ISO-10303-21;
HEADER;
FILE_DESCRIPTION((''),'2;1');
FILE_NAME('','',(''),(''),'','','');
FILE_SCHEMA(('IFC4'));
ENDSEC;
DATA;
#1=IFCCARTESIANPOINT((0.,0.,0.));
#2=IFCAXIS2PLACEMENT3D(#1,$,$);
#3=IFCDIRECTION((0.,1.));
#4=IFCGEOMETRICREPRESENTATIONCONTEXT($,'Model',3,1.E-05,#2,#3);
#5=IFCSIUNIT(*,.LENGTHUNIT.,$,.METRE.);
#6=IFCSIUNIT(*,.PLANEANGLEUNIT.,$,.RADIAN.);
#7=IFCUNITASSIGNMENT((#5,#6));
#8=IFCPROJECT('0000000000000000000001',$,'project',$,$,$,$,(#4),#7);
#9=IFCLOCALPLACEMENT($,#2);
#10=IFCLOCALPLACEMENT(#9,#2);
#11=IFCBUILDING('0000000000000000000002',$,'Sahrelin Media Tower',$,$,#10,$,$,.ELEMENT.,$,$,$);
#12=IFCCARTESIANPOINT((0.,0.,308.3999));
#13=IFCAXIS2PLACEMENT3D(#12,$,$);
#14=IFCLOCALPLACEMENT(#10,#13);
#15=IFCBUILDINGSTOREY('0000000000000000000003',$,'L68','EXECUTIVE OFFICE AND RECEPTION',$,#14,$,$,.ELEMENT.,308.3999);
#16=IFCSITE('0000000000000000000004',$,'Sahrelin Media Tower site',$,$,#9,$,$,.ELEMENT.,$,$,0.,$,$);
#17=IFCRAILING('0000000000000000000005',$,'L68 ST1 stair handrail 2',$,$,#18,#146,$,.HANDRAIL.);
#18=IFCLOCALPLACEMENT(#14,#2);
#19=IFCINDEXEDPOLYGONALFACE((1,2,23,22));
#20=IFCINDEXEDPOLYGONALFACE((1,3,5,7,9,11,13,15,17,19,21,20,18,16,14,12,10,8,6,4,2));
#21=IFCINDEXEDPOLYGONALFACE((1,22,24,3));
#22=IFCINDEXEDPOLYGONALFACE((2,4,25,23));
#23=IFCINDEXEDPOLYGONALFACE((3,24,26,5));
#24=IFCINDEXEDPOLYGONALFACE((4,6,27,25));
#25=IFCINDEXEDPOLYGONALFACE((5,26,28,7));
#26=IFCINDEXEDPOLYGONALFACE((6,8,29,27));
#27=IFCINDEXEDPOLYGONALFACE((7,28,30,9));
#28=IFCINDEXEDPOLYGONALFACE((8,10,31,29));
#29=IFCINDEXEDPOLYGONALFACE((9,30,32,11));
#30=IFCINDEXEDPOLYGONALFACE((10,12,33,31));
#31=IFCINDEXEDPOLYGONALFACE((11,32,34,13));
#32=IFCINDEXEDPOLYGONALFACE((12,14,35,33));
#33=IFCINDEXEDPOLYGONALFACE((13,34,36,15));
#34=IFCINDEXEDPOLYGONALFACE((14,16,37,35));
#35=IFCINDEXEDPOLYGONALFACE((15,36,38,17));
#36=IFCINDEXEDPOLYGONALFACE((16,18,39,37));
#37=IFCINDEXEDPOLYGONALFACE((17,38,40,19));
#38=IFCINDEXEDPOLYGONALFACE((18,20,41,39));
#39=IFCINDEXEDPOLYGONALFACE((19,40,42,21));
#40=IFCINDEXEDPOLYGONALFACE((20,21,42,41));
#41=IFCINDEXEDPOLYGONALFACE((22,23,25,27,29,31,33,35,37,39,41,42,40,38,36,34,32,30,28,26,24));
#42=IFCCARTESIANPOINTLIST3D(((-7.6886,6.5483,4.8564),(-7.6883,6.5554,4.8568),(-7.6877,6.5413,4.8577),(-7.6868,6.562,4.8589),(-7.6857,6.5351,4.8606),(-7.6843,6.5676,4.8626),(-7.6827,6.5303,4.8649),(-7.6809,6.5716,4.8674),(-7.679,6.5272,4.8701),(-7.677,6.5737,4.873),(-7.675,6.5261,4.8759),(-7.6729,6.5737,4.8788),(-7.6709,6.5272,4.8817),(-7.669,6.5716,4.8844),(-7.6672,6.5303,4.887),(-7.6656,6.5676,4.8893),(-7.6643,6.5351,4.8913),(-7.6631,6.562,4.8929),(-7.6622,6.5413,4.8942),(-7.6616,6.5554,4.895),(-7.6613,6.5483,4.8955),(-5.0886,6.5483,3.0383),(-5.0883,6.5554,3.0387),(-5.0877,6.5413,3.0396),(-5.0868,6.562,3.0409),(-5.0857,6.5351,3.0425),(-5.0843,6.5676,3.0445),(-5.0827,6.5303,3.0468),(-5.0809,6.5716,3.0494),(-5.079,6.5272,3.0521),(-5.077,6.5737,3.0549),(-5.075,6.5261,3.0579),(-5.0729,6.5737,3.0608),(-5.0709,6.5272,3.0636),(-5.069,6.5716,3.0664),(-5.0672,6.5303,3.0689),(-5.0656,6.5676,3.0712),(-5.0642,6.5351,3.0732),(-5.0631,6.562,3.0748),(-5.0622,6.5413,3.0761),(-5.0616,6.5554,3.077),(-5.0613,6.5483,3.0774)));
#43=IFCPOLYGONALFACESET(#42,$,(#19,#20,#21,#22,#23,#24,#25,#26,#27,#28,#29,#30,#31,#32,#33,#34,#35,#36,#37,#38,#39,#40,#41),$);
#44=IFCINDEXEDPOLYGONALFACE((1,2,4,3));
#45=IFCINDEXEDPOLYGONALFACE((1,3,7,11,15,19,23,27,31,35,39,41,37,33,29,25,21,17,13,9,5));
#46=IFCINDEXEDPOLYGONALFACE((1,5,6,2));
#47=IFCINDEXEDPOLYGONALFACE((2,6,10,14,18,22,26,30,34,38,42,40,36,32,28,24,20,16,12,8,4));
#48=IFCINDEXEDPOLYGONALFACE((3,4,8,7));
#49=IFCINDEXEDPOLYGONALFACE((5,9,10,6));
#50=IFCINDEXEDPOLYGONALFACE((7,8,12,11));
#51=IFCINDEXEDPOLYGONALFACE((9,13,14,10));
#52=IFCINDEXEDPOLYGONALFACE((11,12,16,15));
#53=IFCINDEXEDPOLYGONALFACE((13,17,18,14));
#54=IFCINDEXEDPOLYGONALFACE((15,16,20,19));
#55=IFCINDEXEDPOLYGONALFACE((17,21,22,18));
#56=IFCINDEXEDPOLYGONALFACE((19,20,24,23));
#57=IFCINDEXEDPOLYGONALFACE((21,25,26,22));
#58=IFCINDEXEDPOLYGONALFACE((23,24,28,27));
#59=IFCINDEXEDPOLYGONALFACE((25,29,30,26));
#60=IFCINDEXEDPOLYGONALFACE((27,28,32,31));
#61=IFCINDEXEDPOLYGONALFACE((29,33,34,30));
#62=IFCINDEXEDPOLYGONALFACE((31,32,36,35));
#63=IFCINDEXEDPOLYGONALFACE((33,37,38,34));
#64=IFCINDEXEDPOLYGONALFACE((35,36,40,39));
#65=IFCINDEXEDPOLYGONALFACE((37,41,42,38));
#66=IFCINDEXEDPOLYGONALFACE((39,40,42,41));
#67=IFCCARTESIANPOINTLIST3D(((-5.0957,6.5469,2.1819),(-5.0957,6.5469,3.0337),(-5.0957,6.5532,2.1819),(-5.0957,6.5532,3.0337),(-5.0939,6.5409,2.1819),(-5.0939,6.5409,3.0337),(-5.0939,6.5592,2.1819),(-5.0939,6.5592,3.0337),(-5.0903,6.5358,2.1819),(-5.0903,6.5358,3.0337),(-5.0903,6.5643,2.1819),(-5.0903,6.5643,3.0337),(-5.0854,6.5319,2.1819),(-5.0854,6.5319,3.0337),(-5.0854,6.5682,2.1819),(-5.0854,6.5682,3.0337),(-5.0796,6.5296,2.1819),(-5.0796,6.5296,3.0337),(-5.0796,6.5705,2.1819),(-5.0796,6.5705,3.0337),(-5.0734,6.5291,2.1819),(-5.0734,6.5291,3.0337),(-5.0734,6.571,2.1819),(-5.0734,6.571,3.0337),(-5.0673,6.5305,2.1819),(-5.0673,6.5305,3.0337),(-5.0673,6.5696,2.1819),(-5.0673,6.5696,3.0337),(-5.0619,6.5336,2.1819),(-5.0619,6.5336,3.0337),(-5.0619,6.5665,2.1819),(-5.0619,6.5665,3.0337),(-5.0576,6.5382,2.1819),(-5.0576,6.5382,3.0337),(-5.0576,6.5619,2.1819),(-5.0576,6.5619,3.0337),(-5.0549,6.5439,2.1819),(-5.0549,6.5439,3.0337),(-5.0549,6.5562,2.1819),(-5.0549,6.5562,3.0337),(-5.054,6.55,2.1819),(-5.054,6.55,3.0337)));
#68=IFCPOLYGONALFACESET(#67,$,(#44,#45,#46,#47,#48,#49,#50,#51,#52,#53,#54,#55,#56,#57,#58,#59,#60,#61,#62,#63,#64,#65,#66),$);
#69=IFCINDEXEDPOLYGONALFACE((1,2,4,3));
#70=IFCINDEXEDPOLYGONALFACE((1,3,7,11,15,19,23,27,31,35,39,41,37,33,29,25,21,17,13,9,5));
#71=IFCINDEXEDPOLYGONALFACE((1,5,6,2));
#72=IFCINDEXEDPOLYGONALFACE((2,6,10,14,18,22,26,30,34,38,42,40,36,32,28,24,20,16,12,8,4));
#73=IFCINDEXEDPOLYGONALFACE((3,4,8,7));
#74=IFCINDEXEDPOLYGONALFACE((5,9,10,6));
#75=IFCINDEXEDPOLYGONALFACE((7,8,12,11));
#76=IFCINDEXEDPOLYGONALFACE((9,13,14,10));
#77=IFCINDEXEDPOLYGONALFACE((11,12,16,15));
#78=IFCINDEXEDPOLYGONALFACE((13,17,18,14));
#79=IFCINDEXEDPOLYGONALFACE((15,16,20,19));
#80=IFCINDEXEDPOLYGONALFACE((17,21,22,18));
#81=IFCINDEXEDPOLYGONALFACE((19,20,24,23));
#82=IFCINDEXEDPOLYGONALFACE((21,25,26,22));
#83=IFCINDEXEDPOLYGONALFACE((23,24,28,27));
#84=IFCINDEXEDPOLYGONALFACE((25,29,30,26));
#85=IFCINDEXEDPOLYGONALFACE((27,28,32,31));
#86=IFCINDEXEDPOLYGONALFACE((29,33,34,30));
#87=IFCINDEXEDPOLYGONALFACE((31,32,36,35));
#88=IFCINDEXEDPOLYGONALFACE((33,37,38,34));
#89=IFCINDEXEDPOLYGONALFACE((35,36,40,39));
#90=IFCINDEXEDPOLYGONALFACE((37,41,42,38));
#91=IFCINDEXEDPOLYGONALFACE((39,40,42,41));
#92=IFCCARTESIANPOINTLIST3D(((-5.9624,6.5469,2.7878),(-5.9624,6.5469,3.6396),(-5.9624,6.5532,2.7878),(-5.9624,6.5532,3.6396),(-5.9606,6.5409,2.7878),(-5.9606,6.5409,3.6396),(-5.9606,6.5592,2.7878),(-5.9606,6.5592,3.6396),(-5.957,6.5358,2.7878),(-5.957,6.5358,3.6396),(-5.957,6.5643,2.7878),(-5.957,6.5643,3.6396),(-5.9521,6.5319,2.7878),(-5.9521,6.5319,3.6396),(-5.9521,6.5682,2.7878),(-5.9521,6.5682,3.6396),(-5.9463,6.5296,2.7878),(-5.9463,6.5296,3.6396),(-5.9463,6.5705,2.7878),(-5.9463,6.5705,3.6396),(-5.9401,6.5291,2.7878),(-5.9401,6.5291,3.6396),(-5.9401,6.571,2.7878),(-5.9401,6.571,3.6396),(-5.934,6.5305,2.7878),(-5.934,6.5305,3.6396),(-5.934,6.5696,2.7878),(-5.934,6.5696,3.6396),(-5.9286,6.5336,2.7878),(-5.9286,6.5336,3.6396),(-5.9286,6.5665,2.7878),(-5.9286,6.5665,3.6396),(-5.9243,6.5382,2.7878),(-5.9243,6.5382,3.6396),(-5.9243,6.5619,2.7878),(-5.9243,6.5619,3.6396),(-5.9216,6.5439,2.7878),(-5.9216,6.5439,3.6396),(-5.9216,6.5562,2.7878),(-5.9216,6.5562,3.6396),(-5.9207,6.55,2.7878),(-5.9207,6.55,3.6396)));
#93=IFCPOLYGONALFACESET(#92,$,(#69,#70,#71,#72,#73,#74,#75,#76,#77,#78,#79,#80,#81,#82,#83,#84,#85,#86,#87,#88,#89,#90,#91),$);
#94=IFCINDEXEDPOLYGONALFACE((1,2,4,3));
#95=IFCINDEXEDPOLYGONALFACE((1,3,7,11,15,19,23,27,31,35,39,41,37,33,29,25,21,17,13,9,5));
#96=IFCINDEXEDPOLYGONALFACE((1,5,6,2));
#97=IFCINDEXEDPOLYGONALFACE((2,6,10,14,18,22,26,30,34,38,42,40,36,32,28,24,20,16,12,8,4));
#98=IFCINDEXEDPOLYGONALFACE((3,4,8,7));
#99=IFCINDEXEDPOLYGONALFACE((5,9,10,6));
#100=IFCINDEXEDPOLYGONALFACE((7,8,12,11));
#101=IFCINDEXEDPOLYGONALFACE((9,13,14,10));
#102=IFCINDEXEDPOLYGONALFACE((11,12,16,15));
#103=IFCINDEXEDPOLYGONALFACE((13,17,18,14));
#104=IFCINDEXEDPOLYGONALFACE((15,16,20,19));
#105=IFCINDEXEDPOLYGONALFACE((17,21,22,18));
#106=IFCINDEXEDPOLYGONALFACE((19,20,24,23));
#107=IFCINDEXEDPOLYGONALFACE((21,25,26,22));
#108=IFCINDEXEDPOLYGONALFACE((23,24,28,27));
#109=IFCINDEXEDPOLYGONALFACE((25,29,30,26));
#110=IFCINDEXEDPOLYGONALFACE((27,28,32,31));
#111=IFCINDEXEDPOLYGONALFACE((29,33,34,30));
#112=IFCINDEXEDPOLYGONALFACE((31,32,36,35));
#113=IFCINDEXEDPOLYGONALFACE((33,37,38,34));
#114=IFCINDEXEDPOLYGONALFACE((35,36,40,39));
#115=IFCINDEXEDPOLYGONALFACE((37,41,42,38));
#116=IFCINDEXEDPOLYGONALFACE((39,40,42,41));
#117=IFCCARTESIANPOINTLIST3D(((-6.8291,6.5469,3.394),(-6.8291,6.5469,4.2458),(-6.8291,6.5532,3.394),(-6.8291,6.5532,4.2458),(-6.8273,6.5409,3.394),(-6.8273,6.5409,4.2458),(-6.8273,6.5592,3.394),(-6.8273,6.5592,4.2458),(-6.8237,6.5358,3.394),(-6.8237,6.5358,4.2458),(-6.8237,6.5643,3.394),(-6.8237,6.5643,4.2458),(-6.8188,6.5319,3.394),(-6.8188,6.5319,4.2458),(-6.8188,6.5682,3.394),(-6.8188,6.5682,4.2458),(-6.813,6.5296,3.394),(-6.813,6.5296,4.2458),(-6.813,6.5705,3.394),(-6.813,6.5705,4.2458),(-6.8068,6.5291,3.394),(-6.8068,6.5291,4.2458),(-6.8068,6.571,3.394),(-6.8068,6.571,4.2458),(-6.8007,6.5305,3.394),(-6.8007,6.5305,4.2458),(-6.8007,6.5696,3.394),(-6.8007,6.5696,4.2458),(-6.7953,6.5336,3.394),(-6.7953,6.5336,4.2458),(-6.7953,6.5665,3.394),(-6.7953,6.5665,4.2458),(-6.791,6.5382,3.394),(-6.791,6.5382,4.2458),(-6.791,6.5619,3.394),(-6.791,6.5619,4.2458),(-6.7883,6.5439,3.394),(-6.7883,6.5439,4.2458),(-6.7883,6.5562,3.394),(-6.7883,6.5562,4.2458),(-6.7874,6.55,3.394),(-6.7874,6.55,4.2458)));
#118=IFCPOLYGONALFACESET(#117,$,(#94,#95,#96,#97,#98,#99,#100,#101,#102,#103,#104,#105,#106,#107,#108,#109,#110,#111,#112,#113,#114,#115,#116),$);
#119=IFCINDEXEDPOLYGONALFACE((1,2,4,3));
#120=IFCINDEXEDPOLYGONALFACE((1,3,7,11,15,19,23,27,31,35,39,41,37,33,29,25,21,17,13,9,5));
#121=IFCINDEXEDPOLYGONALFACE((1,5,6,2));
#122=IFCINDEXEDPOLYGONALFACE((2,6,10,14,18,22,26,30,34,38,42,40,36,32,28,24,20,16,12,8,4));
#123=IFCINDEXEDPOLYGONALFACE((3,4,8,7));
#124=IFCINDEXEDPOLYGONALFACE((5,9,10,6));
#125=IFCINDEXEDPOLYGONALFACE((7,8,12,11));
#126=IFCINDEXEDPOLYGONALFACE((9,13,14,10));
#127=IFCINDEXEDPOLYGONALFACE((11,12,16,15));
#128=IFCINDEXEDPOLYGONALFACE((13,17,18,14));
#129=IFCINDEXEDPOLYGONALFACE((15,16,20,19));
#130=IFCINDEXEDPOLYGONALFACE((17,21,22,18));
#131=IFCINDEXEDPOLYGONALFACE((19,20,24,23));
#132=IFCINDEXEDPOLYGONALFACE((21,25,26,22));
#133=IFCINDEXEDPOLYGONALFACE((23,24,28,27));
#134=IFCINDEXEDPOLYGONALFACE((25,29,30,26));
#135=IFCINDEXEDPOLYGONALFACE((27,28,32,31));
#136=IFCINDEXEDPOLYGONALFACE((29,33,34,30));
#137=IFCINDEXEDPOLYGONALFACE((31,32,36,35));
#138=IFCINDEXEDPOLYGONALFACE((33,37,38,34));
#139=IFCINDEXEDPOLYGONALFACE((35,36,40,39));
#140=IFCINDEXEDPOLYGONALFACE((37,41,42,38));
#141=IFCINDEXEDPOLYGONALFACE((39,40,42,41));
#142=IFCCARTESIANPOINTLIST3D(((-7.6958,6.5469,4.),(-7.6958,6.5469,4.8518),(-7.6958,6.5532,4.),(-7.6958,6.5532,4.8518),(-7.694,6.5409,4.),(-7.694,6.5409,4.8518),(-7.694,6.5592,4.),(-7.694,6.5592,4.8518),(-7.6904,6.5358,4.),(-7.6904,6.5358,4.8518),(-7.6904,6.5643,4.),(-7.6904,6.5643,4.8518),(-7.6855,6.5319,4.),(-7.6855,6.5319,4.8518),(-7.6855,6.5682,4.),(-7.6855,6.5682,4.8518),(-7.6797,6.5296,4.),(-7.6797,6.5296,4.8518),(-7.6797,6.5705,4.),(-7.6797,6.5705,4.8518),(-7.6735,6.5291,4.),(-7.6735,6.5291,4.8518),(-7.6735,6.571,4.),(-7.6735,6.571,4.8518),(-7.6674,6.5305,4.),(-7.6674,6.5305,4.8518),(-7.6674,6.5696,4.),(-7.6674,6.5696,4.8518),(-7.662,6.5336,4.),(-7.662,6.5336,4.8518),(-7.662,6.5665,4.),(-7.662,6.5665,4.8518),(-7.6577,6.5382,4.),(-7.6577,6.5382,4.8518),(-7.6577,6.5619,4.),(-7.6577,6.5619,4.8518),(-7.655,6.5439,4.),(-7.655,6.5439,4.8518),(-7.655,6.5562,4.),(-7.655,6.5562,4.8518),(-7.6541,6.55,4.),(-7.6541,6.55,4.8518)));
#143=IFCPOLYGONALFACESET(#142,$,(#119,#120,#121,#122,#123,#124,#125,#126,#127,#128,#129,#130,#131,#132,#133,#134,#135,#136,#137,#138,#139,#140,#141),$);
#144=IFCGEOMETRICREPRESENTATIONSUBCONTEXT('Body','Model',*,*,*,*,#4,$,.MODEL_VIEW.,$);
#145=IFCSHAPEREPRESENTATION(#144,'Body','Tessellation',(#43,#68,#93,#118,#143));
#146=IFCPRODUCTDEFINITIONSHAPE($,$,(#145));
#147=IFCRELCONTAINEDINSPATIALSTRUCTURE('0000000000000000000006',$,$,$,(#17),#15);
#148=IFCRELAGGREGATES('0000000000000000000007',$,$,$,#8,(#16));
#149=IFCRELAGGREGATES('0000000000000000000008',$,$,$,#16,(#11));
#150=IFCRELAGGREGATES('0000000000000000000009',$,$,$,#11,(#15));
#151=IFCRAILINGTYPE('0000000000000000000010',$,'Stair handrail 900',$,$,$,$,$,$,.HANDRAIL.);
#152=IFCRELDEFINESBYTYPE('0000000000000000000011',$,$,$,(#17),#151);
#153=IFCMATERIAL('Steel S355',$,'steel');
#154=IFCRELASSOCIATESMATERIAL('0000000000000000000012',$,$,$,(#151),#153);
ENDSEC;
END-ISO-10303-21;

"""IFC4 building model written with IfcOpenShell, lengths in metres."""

from ifc_helpers import new_model, si_unit, direction, frame, origin, origin_2d, place, context, subcontext, project, spatial, circle, extrude, material, type_object, element, save


model = new_model("IFC4")

# Units and contexts
model_context = context("Model", 3, precision=1e-05, world=origin(), true_north=direction((0.0, 1.0)))
body_context = subcontext(model_context, "Body", "Model", "MODEL_VIEW")
ifc_project = project(units=[si_unit("LENGTHUNIT", "METRE"), si_unit("PLANEANGLEUNIT", "RADIAN")], contexts=[model_context])

# Site, building, storey
site_placement = place(None, origin())
site = spatial("IfcSite", under=ifc_project, at=site_placement, Name="Sahrelin Media Tower site", CompositionType="ELEMENT", RefElevation=0.0)
building_placement = place(site_placement, origin())
building = spatial("IfcBuilding", under=site, at=building_placement, Name="Sahrelin Media Tower", CompositionType="ELEMENT")
storey_placement = place(building_placement, frame((0.0, 0.0, 308.3999)))
storey = spatial("IfcBuildingStorey", under=building, at=storey_placement, Name="L68", Description="EXECUTIVE OFFICE AND RECEPTION", CompositionType="ELEMENT", Elevation=308.3999)

# Shared definitions
ifc_material_1 = material(Name="Steel S355", Category="steel")

# Railing
railing_type_1 = type_object("IfcRailingType", Name="Stair handrail 900", PredefinedType="HANDRAIL", material=ifc_material_1)
railing_1_placement = place(storey_placement, frame((-5.075, 6.55, 2.1819)))
element("IfcRailing", 1, at=railing_1_placement, inside=storey, type_object=railing_type_1, Name="L68 ST1 stair handrail 2", PredefinedType="HANDRAIL", context=body_context, shape_type="SweptSolid", body=[
    extrude(circle(Radius=0.0239, at=origin_2d()), frame((0.0, 0.0, 0.876), z_axis=(-0.819521, 0.0, 0.573049), x_axis=(0.0, -1.0, 0.0)), (0.0, 0.0, 1.0), 3.1726),
    extrude(circle(Radius=0.021, at=origin_2d()), origin(), (0.0, 0.0, 1.0), 0.8518),
    extrude(circle(Radius=0.021, at=origin_2d()), frame((-0.8667, 0.0, 0.606)), (0.0, 0.0, 1.0), 0.8518),
    extrude(circle(Radius=0.021, at=origin_2d()), frame((-1.7334, 0.0, 1.2122)), (0.0, 0.0, 1.0), 0.8518),
    extrude(circle(Radius=0.021, at=origin_2d()), frame((-2.6001, 0.0, 1.8181)), (0.0, 0.0, 1.0), 0.8518),
])

save(model, "model.ifc")
